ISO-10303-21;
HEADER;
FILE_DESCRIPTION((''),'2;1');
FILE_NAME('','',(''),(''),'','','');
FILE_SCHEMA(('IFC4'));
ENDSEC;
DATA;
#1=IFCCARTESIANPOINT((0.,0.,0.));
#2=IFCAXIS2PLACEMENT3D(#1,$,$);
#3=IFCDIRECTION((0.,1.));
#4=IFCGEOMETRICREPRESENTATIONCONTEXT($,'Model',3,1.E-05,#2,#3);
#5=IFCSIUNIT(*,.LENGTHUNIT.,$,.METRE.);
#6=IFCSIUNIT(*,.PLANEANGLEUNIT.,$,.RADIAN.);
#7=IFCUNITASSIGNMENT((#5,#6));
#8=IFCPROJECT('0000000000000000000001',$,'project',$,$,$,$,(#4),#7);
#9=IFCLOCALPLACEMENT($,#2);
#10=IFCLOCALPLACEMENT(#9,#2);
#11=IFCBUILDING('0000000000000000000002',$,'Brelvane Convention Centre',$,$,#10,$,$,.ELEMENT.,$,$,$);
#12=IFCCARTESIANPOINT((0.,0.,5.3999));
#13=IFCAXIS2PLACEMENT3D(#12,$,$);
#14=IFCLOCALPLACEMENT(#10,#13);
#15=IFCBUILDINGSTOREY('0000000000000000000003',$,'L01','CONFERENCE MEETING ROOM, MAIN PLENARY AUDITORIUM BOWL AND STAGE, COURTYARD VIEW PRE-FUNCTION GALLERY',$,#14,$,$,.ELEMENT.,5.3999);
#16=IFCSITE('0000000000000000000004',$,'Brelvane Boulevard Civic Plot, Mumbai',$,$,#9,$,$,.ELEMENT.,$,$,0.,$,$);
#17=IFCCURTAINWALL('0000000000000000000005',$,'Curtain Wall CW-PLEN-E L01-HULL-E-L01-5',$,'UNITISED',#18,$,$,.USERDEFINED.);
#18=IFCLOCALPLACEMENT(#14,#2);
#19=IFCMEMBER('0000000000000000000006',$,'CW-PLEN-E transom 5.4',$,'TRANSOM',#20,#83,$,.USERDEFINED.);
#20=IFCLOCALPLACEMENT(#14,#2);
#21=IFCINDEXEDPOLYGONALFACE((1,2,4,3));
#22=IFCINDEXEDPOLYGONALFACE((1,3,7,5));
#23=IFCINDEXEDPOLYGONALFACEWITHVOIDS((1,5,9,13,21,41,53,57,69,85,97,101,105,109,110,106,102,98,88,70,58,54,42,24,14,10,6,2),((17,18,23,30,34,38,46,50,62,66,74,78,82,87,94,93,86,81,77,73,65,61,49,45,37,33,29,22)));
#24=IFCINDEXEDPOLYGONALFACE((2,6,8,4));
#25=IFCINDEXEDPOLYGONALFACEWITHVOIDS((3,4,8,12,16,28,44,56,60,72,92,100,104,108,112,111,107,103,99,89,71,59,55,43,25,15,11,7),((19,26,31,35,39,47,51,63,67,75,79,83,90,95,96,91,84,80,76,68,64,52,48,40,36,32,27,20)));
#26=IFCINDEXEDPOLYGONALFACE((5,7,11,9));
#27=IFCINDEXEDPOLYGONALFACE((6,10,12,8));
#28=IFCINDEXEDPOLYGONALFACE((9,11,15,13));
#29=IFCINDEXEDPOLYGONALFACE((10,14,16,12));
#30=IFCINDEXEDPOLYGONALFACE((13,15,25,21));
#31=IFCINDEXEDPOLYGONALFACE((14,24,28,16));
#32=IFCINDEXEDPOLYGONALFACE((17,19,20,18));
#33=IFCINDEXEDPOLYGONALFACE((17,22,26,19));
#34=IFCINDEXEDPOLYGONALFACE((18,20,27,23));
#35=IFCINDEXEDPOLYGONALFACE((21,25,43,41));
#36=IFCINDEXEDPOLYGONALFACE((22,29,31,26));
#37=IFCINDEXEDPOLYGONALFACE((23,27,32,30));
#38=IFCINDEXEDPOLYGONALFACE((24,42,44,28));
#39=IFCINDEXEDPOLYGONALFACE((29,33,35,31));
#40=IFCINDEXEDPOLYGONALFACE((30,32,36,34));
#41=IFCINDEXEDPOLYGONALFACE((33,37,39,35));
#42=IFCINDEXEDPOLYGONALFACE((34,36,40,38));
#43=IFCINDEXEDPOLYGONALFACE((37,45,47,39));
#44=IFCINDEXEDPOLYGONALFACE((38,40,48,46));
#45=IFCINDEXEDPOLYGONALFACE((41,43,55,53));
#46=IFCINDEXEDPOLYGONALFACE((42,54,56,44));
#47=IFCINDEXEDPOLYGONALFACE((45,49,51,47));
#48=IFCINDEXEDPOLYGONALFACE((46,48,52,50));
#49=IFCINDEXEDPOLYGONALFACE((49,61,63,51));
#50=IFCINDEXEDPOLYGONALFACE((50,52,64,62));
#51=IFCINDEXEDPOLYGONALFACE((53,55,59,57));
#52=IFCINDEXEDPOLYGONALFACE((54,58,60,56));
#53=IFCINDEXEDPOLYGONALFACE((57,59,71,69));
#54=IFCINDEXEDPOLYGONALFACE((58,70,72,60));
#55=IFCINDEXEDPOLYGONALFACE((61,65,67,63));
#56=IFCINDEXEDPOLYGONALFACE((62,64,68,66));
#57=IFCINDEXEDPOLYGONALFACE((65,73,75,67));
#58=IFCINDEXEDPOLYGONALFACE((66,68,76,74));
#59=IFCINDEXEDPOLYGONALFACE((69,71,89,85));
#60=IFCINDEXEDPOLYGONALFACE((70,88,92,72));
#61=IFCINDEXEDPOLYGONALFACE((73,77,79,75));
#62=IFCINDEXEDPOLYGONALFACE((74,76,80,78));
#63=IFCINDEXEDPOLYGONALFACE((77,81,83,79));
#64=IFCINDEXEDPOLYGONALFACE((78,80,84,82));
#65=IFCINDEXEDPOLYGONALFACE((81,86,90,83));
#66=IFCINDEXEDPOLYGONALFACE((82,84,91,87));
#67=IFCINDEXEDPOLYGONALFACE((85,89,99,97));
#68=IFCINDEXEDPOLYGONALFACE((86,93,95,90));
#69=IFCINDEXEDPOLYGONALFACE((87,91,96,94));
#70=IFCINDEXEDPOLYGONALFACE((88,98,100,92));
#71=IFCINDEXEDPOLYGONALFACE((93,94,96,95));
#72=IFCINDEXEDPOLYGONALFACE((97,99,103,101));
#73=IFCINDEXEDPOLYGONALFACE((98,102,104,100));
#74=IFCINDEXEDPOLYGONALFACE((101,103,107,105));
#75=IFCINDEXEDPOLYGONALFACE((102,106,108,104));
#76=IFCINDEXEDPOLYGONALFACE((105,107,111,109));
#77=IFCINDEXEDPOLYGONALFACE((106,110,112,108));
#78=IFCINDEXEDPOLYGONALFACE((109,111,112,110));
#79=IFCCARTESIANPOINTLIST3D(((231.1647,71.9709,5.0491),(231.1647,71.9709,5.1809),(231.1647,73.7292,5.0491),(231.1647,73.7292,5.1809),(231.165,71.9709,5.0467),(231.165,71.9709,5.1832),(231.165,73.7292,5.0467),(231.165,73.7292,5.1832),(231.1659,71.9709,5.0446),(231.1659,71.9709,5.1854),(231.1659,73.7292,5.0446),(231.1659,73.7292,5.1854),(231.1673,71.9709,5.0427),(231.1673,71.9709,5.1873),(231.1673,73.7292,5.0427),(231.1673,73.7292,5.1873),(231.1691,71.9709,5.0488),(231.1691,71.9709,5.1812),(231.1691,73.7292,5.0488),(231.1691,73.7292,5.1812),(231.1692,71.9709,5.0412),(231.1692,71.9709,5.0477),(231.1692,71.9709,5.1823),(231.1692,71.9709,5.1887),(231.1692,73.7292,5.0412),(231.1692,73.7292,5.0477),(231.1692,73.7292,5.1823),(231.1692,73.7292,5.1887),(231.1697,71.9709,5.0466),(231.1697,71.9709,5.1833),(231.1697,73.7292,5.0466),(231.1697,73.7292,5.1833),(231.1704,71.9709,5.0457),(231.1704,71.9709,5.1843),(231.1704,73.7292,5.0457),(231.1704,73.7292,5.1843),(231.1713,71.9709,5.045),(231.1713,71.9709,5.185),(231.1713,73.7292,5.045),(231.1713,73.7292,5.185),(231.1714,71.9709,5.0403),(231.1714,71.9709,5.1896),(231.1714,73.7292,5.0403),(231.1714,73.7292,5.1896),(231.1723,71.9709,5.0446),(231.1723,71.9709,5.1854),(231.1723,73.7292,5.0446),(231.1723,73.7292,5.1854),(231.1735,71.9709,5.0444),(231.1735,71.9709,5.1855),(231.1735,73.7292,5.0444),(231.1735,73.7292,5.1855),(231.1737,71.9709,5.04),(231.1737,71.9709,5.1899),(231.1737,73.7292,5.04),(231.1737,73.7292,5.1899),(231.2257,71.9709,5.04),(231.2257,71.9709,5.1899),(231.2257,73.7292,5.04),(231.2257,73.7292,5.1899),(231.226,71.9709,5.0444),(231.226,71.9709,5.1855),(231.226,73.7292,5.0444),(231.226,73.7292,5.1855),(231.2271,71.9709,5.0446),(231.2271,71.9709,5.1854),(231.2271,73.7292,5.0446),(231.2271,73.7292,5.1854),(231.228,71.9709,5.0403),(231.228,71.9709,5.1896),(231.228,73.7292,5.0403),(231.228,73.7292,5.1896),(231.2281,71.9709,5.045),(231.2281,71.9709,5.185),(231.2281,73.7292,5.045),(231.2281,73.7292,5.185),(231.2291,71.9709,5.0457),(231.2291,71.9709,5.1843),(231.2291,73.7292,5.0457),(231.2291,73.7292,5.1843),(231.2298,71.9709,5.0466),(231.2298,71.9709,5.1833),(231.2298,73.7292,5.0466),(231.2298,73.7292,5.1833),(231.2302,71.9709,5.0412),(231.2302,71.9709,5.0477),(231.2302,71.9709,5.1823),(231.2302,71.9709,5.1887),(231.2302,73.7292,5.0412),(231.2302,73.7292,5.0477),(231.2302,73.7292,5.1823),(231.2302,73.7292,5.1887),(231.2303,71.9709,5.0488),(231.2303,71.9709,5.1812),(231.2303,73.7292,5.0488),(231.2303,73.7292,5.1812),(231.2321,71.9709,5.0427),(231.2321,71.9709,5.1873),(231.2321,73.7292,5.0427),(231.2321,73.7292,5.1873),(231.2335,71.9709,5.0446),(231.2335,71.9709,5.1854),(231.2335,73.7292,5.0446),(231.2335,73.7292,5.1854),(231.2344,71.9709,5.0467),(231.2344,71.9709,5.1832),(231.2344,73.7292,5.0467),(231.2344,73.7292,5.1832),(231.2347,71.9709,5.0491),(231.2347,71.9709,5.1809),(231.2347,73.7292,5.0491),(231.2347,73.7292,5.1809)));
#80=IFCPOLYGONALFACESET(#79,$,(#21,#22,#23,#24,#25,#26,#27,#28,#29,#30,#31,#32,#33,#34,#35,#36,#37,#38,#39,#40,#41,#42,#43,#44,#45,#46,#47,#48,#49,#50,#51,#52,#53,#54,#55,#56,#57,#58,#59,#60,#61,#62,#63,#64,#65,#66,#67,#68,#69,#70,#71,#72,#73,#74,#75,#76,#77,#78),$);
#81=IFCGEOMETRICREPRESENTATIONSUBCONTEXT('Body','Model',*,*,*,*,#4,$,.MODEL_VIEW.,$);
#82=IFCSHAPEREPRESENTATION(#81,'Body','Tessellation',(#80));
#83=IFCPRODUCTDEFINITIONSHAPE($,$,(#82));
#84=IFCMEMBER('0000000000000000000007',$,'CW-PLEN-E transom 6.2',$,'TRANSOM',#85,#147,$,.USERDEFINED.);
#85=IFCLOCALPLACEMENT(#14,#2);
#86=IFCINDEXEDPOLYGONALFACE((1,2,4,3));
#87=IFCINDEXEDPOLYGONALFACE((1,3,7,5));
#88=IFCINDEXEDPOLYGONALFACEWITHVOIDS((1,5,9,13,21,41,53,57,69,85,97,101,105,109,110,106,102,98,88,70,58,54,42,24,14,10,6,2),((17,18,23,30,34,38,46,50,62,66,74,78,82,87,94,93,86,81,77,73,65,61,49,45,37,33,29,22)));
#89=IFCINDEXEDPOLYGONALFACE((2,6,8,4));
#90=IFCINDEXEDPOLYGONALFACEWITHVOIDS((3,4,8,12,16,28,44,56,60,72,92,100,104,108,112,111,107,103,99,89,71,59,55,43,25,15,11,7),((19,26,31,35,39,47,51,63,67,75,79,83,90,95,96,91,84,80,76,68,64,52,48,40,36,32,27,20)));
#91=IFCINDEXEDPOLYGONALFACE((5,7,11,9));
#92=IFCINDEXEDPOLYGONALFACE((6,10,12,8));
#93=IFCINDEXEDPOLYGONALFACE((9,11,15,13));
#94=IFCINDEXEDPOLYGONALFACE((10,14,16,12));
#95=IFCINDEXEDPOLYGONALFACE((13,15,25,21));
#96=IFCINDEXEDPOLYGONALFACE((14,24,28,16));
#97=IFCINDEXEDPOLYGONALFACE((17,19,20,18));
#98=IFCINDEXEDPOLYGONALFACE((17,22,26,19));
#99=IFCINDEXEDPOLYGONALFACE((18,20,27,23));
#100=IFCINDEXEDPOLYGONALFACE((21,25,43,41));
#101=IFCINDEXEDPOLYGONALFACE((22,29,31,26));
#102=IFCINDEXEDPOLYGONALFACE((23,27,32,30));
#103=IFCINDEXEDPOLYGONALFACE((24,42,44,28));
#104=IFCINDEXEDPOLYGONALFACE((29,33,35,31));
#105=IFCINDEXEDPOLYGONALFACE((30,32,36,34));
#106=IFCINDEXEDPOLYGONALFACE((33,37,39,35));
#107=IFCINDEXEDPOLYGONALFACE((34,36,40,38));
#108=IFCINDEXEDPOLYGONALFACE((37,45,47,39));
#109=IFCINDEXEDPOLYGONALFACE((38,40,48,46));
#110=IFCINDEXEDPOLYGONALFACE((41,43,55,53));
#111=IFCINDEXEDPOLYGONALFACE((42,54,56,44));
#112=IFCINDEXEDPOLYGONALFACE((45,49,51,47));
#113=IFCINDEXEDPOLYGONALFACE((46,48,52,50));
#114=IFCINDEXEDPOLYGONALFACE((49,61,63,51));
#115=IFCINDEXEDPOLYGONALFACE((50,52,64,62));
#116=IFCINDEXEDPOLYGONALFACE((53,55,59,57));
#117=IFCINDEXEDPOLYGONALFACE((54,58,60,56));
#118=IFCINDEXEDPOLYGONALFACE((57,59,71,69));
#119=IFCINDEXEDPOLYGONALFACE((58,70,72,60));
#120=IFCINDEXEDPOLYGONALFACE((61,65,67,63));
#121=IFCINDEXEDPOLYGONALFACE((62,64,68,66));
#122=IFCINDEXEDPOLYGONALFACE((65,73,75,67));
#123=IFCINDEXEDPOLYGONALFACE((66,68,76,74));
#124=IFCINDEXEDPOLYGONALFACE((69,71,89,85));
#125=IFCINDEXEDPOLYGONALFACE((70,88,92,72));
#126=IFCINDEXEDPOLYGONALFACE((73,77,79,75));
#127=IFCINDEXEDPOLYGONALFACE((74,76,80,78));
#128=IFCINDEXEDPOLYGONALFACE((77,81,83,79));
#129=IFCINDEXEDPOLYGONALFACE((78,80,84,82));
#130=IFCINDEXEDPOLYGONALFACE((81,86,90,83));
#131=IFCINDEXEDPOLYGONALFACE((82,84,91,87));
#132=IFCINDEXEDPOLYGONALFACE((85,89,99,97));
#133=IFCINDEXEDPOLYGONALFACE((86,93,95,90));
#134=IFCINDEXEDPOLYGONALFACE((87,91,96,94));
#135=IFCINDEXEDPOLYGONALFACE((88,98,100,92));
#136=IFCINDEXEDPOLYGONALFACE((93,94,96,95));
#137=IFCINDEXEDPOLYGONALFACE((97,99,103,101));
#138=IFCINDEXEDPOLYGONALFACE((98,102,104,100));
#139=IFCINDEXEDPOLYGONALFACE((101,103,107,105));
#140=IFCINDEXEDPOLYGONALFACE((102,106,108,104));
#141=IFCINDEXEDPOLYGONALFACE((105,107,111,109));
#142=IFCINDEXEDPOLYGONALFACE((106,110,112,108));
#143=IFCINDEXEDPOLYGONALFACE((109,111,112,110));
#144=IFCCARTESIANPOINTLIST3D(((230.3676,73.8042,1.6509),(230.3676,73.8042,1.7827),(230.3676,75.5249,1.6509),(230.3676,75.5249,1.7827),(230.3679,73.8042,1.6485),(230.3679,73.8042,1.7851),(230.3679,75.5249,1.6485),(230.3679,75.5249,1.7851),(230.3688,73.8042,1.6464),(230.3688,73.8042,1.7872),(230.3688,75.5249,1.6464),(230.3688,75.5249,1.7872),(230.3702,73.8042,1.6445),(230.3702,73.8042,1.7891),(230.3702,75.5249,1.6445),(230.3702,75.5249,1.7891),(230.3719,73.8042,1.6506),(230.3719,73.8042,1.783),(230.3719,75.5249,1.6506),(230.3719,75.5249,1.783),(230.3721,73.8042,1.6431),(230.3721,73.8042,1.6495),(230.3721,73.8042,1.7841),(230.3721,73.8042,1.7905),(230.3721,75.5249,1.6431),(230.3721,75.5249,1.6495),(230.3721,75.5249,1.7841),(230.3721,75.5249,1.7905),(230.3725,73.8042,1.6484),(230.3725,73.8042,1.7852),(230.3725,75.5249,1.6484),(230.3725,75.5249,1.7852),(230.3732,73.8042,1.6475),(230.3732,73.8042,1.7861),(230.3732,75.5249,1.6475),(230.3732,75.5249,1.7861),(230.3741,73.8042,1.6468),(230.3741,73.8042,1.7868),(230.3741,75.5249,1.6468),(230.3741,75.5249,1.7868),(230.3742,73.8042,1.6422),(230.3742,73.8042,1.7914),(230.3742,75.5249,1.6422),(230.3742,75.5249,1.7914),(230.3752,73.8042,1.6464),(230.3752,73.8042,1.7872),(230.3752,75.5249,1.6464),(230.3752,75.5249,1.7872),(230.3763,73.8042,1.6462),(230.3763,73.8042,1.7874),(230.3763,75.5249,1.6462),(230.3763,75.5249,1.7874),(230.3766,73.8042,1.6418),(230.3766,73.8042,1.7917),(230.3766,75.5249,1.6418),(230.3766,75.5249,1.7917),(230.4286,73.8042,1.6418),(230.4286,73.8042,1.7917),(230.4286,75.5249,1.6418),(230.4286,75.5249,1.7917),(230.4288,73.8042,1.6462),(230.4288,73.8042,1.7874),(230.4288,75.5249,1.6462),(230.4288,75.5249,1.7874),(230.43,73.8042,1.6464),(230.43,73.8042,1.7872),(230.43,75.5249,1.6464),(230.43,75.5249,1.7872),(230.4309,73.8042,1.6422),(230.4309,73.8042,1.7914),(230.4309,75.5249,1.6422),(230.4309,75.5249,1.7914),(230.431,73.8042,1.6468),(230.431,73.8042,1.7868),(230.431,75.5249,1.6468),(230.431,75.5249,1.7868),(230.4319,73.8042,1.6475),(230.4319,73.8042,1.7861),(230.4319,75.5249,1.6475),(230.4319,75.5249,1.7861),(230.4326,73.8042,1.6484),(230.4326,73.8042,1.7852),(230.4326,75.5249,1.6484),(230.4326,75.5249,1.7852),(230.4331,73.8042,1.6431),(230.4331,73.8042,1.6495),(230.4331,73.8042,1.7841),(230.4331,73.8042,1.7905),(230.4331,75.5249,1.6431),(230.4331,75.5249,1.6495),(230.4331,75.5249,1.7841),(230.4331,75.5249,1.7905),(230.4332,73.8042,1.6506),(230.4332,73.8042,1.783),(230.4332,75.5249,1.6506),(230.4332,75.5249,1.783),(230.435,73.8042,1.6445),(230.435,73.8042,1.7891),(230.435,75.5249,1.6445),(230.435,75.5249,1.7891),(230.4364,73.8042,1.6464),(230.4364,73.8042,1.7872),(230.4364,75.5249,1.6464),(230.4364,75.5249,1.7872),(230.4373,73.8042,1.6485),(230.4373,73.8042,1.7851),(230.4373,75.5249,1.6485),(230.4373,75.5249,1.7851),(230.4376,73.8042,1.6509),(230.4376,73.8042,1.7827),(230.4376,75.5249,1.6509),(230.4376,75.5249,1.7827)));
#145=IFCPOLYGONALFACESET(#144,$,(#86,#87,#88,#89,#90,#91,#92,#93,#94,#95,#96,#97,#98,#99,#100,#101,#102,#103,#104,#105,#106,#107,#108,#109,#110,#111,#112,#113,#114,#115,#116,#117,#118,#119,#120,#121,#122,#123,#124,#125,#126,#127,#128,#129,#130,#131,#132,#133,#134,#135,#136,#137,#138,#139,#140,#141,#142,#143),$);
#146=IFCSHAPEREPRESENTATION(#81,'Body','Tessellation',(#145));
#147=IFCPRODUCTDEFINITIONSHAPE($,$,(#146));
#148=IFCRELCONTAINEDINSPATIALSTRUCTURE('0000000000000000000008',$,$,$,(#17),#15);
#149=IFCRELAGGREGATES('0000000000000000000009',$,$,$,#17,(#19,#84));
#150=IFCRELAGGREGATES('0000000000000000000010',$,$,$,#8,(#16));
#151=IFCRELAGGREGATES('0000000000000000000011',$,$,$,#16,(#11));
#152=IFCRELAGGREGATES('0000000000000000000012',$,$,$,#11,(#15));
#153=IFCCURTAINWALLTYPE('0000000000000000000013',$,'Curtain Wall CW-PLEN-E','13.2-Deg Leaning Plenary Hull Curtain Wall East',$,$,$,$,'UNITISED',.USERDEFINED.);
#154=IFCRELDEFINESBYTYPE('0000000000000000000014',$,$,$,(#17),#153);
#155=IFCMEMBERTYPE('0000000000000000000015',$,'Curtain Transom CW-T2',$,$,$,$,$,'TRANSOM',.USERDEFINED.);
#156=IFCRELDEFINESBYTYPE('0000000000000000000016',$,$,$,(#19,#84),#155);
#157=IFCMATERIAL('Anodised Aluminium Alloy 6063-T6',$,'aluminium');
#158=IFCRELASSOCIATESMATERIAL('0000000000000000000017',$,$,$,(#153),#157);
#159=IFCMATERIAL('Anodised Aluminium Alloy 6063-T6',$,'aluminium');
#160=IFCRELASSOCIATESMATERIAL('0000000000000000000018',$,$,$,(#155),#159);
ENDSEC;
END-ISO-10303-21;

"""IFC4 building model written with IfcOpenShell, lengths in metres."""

from ifc_helpers import new_model, si_unit, direction, frame, origin, origin_2d, place, context, subcontext, project, spatial, hollow_rectangle, extrude, material, material_profile, profile_set, type_object, element, aggregate, save


model = new_model("IFC4")

# Units and contexts
model_context = context("Model", 3, precision=1e-05, world=origin(), true_north=direction((0.0, 1.0)))
body_context = subcontext(model_context, "Body", "Model", "MODEL_VIEW")
ifc_project = project(units=[si_unit("LENGTHUNIT", "METRE"), si_unit("PLANEANGLEUNIT", "RADIAN")], contexts=[model_context])

# Site, building, storey
site_placement = place(None, origin())
site = spatial("IfcSite", under=ifc_project, at=site_placement, Name="Brelvane Boulevard Civic Plot, Mumbai", CompositionType="ELEMENT", RefElevation=0.0)
building_placement = place(site_placement, origin())
building = spatial("IfcBuilding", under=site, at=building_placement, Name="Brelvane Convention Centre", CompositionType="ELEMENT")
storey_placement = place(building_placement, frame((0.0, 0.0, 5.3999)))
storey = spatial("IfcBuildingStorey", under=building, at=storey_placement, Name="L01", Description="CONFERENCE MEETING ROOM, MAIN PLENARY AUDITORIUM BOWL AND STAGE, COURTYARD VIEW PRE-FUNCTION GALLERY", CompositionType="ELEMENT", Elevation=5.3999)

# Curtain wall, members
ifc_material_1 = material(Name="Anodised Aluminium Alloy 6063-T6", Category="aluminium")
curtain_wall_type = type_object("IfcCurtainWallType", Name="Curtain Wall CW-PLEN-E", Description="13.2-Deg Leaning Plenary Hull Curtain Wall East", ElementType="UNITISED", PredefinedType="USERDEFINED", material=ifc_material_1)
curtain_wall_placement = place(storey_placement, origin())
curtain_wall = element("IfcCurtainWall", 1, at=curtain_wall_placement, inside=storey, type_object=curtain_wall_type, Name="Curtain Wall CW-PLEN-E L01-HULL-E-L01-5", ObjectType="UNITISED", PredefinedType="USERDEFINED")
ifc_material_2 = material(Name="Anodised Aluminium Alloy 6063-T6", Category="aluminium")
ifc_material_profile = material_profile(ifc_material_2, hollow_rectangle(XDim=0.0701, YDim=0.1499, WallThickness=0.0044, InnerFilletRadius=0.0044, OuterFilletRadius=0.009, at=origin_2d()), Name="ALU-T 150x70x4.5")
ifc_profile_set = profile_set([ifc_material_profile], Name="Anodised Aluminium Alloy 6063-T6")
member_type = type_object("IfcMemberType", Name="Curtain Transom CW-T2", ElementType="TRANSOM", PredefinedType="USERDEFINED", material=ifc_profile_set)
member_1_placement = place(storey_placement, frame((231.1997, 71.9709, 5.115), z_axis=(0.0, 1.0, 0.0), x_axis=(-1.0, 0.0, 0.0)))
member_1 = element("IfcMember", 2, at=member_1_placement, type_object=member_type, Name="CW-PLEN-E transom 5.4", ObjectType="TRANSOM", PredefinedType="USERDEFINED", context=body_context, shape_type="SweptSolid", body=[
    extrude(hollow_rectangle(XDim=0.0701, YDim=0.1499, WallThickness=0.0044, InnerFilletRadius=0.0044, OuterFilletRadius=0.009, at=origin_2d()), origin(), (0.0, 0.0, 1.0), 1.7583),
])
member_2_placement = place(storey_placement, frame((230.4026, 73.8042, 1.7168), z_axis=(0.0, 1.0, 0.0), x_axis=(-1.0, 0.0, 0.0)))
member_2 = element("IfcMember", 3, at=member_2_placement, type_object=member_type, Name="CW-PLEN-E transom 6.2", ObjectType="TRANSOM", PredefinedType="USERDEFINED", context=body_context, shape_type="SweptSolid", body=[
    extrude(hollow_rectangle(XDim=0.0701, YDim=0.1499, WallThickness=0.0044, InnerFilletRadius=0.0044, OuterFilletRadius=0.009, at=origin_2d()), origin(), (0.0, 0.0, 1.0), 1.7207),
])
aggregate(curtain_wall, [member_1, member_2])

save(model, "model.ifc")
